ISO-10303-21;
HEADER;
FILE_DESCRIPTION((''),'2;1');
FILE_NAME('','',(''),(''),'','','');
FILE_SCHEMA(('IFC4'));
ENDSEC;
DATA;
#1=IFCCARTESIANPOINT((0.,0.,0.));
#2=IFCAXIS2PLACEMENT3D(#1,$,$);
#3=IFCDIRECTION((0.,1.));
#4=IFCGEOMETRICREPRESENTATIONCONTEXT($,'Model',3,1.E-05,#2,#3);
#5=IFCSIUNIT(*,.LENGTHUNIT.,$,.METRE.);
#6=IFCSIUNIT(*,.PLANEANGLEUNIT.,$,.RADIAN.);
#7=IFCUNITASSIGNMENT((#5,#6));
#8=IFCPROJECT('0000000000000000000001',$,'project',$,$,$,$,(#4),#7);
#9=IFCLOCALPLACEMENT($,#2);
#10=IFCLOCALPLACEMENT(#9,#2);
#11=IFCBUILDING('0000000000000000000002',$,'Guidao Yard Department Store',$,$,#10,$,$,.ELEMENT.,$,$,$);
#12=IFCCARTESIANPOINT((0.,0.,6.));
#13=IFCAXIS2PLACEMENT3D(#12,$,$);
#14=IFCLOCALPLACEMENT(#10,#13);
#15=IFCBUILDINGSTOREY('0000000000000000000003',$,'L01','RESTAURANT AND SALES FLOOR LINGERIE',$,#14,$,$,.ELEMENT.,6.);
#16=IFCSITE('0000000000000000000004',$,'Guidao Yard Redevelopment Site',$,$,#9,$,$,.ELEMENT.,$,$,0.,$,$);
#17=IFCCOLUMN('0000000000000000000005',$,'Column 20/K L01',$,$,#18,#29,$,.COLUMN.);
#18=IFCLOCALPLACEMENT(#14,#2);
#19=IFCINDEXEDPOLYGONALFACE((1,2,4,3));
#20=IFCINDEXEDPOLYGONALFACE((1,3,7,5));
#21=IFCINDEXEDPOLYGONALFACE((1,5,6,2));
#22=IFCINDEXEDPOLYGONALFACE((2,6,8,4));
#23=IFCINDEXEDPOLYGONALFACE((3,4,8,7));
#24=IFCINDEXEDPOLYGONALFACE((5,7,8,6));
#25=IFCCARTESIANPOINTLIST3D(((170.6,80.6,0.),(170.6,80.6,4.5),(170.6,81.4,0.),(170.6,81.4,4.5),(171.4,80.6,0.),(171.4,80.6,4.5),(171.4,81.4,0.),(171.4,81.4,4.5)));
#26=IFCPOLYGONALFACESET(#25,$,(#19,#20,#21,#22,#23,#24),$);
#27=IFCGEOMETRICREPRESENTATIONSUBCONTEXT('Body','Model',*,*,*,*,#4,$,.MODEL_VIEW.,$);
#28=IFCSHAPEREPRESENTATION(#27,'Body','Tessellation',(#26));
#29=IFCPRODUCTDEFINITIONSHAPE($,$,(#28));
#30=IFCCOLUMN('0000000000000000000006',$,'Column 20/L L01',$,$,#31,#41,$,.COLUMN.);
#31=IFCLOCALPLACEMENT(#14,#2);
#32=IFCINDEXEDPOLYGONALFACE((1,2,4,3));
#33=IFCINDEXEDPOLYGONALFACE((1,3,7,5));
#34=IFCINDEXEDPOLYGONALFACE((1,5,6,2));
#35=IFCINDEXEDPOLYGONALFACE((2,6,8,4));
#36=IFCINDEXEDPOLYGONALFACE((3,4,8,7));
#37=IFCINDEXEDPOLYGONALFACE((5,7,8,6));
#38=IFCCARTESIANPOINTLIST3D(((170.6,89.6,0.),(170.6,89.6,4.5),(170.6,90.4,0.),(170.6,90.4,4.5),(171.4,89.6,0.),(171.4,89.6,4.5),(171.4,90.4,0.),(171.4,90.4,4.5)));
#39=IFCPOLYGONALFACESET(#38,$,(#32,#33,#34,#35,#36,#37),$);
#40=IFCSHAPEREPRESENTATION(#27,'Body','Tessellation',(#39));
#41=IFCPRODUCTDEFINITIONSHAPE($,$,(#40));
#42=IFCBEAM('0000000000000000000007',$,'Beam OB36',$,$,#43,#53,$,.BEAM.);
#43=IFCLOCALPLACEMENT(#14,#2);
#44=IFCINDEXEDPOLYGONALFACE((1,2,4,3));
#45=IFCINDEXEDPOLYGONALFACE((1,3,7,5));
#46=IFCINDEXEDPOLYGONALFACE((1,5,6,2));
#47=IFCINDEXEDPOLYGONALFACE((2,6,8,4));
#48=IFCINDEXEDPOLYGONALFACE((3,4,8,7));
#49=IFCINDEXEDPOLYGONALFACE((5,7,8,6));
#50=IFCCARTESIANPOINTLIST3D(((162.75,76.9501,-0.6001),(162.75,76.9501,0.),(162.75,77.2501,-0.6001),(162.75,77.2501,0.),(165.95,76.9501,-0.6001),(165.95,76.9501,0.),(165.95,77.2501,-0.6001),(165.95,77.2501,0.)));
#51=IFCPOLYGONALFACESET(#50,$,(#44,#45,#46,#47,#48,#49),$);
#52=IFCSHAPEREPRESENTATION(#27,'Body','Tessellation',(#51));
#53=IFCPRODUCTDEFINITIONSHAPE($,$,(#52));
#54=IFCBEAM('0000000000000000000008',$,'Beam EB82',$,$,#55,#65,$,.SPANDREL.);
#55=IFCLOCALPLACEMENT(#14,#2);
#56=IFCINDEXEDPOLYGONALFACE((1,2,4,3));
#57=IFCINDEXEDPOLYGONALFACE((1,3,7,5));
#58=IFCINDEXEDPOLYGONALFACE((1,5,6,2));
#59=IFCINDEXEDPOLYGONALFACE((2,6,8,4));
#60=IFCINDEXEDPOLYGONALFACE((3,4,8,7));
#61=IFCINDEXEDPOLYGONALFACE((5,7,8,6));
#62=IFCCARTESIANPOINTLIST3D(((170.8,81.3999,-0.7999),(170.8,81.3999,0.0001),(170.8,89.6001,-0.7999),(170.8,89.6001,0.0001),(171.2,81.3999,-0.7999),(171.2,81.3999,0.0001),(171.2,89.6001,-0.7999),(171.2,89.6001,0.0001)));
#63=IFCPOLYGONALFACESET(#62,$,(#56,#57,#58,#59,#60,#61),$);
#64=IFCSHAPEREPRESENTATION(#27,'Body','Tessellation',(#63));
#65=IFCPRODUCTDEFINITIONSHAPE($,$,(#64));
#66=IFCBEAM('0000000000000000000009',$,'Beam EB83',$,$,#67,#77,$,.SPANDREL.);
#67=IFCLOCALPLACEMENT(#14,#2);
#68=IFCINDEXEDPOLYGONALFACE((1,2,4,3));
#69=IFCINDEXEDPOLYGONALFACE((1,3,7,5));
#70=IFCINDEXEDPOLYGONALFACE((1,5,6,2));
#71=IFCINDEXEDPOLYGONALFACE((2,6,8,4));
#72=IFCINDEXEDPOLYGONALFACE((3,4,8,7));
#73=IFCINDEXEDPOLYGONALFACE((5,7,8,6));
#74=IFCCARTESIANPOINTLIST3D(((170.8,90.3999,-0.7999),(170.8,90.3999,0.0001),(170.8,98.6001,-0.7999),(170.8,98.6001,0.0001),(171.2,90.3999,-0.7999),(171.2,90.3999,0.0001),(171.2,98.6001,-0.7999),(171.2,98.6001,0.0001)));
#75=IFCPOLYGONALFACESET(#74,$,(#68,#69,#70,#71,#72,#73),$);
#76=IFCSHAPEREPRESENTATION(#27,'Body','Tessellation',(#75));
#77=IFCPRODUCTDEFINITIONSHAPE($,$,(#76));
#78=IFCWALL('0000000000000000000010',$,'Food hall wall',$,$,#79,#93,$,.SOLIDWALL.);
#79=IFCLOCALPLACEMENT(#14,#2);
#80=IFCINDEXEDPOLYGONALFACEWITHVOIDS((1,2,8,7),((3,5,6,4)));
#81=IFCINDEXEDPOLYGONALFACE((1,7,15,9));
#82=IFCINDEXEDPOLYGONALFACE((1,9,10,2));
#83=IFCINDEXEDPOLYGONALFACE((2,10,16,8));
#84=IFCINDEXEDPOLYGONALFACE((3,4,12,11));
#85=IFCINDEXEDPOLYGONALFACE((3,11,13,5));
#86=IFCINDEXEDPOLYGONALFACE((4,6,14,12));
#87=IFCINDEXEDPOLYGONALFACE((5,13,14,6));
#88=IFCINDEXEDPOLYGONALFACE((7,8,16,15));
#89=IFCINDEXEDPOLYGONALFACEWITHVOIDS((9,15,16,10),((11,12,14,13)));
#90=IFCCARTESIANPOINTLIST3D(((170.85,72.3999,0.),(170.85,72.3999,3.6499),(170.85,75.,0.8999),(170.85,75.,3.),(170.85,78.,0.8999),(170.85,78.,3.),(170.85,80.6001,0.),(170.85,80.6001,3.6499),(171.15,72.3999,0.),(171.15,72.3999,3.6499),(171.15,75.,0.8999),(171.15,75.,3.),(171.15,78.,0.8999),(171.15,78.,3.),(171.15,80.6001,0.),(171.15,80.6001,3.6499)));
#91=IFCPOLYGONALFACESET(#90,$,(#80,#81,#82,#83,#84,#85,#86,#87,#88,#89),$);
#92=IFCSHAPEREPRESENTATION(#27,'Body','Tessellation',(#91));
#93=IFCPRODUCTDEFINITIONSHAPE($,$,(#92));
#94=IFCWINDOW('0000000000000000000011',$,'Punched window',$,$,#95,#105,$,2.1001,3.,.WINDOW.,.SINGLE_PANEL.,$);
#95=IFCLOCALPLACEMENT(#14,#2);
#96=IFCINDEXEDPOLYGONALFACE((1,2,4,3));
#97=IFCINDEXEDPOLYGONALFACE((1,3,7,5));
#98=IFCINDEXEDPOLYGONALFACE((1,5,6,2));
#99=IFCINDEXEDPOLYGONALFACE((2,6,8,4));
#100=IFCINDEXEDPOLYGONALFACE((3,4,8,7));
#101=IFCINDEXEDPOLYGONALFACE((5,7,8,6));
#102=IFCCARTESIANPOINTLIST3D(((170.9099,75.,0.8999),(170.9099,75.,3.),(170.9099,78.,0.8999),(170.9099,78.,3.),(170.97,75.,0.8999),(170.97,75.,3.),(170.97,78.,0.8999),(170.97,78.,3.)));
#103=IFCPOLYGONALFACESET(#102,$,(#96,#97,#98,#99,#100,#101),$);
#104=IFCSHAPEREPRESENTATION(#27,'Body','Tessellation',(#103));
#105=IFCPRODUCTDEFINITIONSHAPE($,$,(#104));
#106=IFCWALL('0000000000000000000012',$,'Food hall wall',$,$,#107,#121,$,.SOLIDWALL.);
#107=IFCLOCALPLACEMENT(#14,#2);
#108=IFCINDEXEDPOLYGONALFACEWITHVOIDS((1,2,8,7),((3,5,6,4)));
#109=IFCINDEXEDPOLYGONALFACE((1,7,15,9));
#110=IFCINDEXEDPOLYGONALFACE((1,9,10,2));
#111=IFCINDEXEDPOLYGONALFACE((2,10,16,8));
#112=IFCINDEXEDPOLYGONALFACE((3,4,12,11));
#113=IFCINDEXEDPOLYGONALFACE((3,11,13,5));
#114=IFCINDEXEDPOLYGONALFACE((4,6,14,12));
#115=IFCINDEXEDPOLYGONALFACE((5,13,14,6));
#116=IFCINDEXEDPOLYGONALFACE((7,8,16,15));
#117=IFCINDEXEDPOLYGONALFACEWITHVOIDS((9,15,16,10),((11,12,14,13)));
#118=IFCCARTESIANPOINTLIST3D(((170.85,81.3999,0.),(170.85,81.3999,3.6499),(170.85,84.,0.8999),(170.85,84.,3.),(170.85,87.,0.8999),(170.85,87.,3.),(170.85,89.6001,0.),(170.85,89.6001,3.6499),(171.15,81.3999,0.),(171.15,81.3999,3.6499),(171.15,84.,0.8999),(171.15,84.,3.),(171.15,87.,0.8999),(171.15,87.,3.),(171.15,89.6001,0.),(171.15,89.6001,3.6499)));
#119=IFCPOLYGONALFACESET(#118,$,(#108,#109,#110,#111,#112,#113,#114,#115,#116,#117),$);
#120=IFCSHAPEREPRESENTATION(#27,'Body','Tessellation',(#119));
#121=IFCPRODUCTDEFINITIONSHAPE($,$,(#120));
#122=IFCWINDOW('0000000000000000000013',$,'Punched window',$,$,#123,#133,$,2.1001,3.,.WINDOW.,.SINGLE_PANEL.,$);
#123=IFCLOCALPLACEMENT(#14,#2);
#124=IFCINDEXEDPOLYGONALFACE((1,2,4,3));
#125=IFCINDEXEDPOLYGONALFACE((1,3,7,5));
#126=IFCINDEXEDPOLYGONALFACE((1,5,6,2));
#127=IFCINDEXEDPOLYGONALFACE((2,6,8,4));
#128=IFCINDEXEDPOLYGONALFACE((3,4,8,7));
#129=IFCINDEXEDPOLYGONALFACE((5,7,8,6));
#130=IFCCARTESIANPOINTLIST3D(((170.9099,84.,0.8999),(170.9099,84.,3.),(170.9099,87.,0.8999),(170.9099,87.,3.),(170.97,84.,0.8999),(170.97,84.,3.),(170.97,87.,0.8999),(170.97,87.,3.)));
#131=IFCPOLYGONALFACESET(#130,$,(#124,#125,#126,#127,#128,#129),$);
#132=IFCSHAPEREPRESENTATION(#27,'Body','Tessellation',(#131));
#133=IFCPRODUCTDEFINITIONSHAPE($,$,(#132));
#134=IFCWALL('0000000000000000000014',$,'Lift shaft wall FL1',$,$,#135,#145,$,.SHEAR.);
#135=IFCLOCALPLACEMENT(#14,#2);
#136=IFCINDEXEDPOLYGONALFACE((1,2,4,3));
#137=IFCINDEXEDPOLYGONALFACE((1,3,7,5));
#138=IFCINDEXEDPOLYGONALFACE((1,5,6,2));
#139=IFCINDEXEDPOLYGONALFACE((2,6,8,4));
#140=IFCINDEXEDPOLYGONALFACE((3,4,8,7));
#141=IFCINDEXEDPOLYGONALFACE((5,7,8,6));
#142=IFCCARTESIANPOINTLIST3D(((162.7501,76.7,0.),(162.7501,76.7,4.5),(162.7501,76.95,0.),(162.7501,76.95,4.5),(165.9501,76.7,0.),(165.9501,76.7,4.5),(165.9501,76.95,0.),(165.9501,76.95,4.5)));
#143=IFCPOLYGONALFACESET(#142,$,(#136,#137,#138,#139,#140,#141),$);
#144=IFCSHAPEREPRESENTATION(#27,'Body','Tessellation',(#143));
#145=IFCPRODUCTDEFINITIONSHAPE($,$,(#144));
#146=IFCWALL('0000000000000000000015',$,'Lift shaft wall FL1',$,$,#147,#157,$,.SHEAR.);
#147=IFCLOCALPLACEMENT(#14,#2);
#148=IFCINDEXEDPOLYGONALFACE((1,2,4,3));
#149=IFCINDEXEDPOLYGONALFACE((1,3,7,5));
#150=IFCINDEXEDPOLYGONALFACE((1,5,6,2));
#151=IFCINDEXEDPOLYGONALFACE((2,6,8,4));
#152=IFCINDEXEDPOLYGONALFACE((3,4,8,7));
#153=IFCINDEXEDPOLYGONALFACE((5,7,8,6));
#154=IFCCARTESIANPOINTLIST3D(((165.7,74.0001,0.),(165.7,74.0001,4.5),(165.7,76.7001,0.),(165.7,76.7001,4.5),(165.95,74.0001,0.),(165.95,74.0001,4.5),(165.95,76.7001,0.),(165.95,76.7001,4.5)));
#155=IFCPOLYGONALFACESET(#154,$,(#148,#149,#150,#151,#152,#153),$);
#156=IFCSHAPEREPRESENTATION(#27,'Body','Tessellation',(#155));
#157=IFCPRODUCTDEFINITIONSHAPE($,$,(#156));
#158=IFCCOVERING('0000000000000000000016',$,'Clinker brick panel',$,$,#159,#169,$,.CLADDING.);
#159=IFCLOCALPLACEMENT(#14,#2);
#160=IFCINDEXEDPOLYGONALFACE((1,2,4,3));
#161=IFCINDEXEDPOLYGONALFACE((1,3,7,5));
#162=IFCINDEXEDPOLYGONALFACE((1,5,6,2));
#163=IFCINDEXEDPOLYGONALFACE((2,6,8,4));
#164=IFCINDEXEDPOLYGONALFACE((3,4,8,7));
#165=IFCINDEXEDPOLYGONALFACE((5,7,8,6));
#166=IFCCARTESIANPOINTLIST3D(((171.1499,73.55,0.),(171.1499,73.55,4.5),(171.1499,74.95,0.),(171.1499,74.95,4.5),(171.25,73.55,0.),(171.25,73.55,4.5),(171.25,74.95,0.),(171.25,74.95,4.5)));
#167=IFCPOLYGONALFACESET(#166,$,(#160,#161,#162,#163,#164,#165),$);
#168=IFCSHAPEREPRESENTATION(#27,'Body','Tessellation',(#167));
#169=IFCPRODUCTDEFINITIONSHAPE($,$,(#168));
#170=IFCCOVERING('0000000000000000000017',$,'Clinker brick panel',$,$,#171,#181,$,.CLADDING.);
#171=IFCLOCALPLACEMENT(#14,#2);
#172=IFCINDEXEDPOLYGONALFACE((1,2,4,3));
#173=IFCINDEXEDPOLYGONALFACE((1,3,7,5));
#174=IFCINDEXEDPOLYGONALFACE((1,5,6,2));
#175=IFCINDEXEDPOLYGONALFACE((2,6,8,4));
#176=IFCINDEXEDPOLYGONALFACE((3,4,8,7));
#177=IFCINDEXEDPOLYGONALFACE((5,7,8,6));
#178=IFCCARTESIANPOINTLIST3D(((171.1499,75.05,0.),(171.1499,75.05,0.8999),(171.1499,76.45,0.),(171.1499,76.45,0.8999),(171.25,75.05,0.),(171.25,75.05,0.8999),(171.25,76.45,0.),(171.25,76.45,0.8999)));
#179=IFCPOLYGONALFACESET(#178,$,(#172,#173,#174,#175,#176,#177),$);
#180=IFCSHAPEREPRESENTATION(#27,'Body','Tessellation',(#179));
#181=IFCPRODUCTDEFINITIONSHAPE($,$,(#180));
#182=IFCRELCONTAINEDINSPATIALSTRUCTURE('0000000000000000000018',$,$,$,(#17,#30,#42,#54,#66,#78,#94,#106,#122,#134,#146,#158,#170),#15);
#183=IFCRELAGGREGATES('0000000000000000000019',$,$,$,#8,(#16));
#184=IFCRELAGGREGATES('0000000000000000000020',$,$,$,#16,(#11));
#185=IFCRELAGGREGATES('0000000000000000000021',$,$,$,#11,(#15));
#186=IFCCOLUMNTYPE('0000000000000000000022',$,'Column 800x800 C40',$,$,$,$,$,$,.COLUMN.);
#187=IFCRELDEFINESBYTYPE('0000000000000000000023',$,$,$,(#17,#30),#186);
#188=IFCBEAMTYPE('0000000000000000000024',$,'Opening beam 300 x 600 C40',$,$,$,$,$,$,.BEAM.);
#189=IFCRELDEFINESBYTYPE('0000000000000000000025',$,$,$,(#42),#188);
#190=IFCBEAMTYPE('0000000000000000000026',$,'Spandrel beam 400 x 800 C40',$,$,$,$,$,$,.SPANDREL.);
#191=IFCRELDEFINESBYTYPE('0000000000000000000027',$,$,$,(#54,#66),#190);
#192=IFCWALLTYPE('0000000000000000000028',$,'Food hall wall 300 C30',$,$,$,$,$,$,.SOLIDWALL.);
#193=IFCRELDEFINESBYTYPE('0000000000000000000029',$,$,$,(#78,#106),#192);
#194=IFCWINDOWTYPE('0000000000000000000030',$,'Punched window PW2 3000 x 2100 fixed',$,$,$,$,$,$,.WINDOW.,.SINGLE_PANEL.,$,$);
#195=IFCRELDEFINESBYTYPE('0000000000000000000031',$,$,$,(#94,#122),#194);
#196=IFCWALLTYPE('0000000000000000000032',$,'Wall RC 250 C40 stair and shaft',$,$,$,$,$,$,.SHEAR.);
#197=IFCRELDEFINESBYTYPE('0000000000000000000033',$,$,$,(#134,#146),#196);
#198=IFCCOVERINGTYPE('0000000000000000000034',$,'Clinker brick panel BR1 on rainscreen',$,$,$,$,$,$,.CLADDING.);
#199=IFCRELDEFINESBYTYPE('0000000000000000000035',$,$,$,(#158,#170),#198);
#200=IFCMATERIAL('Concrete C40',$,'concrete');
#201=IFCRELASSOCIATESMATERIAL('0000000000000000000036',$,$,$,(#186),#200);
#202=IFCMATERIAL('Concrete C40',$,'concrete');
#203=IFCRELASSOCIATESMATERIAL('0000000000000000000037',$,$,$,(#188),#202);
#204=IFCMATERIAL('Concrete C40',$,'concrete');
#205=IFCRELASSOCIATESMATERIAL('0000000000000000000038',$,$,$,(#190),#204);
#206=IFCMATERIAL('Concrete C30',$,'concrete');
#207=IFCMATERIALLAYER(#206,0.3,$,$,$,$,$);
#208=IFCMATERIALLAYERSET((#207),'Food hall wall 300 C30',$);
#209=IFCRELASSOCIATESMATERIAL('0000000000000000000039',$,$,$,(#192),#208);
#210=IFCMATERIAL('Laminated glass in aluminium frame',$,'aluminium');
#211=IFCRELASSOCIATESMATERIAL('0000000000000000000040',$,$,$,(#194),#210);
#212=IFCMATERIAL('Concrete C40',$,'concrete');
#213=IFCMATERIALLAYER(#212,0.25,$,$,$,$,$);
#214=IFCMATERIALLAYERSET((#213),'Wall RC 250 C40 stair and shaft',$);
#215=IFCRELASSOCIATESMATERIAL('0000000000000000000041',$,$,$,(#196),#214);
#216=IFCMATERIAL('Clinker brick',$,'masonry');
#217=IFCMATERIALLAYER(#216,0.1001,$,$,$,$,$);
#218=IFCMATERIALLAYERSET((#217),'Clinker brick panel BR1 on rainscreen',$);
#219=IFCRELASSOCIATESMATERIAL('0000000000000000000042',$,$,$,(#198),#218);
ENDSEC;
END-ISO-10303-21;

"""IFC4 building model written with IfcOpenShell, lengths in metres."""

from ifc_helpers import new_model, si_unit, direction, frame, frame_2d, origin, origin_2d, place, context, subcontext, project, spatial, rectangle, extrude, material, layer, layer_set, material_profile, profile_set, type_object, element, fill, save


model = new_model("IFC4")

# Units and contexts
model_context = context("Model", 3, precision=1e-05, world=origin(), true_north=direction((0.0, 1.0)))
body_context = subcontext(model_context, "Body", "Model", "MODEL_VIEW")
ifc_project = project(units=[si_unit("LENGTHUNIT", "METRE"), si_unit("PLANEANGLEUNIT", "RADIAN")], contexts=[model_context])

# Site, building, storey
site_placement = place(None, origin())
site = spatial("IfcSite", under=ifc_project, at=site_placement, Name="Guidao Yard Redevelopment Site", CompositionType="ELEMENT", RefElevation=0.0)
building_placement = place(site_placement, origin())
building = spatial("IfcBuilding", under=site, at=building_placement, Name="Guidao Yard Department Store", CompositionType="ELEMENT")
storey_placement = place(building_placement, frame((0.0, 0.0, 6.0)))
storey = spatial("IfcBuildingStorey", under=building, at=storey_placement, Name="L01", Description="RESTAURANT AND SALES FLOOR LINGERIE", CompositionType="ELEMENT", Elevation=6.0)

# Columns
ifc_material_1 = material(Name="Concrete C40", Category="concrete")
ifc_material_profile_1 = material_profile(ifc_material_1, rectangle(XDim=0.8, YDim=0.8, at=origin_2d()), Name="COL 800x800")
ifc_profile_set_1 = profile_set([ifc_material_profile_1], Name="Concrete C40")
column_type = type_object("IfcColumnType", Name="Column 800x800 C40", PredefinedType="COLUMN", material=ifc_profile_set_1)
for number, where, z_axis, x_axis, name in (
    (1, (171.0, 81.0, 0.0), (0.0, 0.0, 1.0), (1.0, 0.0, 0.0), "Column 20/K L01"),
    (2, (171.0, 90.0, 0.0), (0.0, 0.0, 1.0), (1.0, 0.0, 0.0), "Column 20/L L01"),
):
    element("IfcColumn", number, at=place(storey_placement, frame(where, z_axis=z_axis, x_axis=x_axis)), inside=storey, type_object=column_type, Name=name, PredefinedType="COLUMN", context=body_context, shape_type="SweptSolid", body=[
        extrude(rectangle(XDim=0.8, YDim=0.8, at=origin_2d()), origin(), (0.0, 0.0, 1.0), 4.5),
    ])

# Beams
ifc_material_2 = material(Name="Concrete C40", Category="concrete")
ifc_material_profile_2 = material_profile(ifc_material_2, rectangle(XDim=0.3, YDim=0.6001, at=origin_2d()), Name="Opening beam 300 x 600 C40")
ifc_profile_set_2 = profile_set([ifc_material_profile_2], Name="Concrete C40")
beam_type_1 = type_object("IfcBeamType", Name="Opening beam 300 x 600 C40", PredefinedType="BEAM", material=ifc_profile_set_2)
beam_placement = place(storey_placement, frame((162.75, 77.1001, -0.3), z_axis=(1.0, 0.0, 0.0), x_axis=(0.0, 1.0, 0.0)))
element("IfcBeam", 3, at=beam_placement, inside=storey, type_object=beam_type_1, Name="Beam OB36", PredefinedType="BEAM", context=body_context, shape_type="SweptSolid", body=[
    extrude(rectangle(XDim=0.3, YDim=0.6001, at=origin_2d()), origin(), (0.0, 0.0, 1.0), 3.2),
])
ifc_material_3 = material(Name="Concrete C40", Category="concrete")
ifc_material_profile_3 = material_profile(ifc_material_3, rectangle(XDim=0.3999, YDim=0.8, at=origin_2d()), Name="Spandrel beam 400 x 800 C40")
ifc_profile_set_3 = profile_set([ifc_material_profile_3], Name="Concrete C40")
beam_type_2 = type_object("IfcBeamType", Name="Spandrel beam 400 x 800 C40", PredefinedType="SPANDREL", material=ifc_profile_set_3)
for number, where, z_axis, x_axis, name in (
    (4, (171.0, 81.3999, -0.3999), (0.0, 1.0, 0.0), (-1.0, 0.0, 0.0), "Beam EB82"),
    (5, (171.0, 90.3999, -0.3999), (0.0, 1.0, 0.0), (-1.0, 0.0, 0.0), "Beam EB83"),
):
    element("IfcBeam", number, at=place(storey_placement, frame(where, z_axis=z_axis, x_axis=x_axis)), inside=storey, type_object=beam_type_2, Name=name, PredefinedType="SPANDREL", context=body_context, shape_type="SweptSolid", body=[
        extrude(rectangle(XDim=0.3999, YDim=0.8, at=origin_2d()), origin(), (0.0, 0.0, 1.0), 8.2002),
    ])

# Walls, openings, windows
ifc_material_4 = material(Name="Concrete C30", Category="concrete")
ifc_layer_1 = layer(ifc_material_4, 0.3)
ifc_layer_set_1 = layer_set([ifc_layer_1], Name="Food hall wall 300 C30")
wall_type_1 = type_object("IfcWallType", Name="Food hall wall 300 C30", PredefinedType="SOLIDWALL", material=ifc_layer_set_1)
wall_1_placement = place(storey_placement, frame((171.0, 80.6001, 0.0), z_axis=(0.0, 0.0, 1.0), x_axis=(0.0, -1.0, 0.0)))
wall_1 = element("IfcWall", 6, at=wall_1_placement, inside=storey, type_object=wall_type_1, Name="Food hall wall", PredefinedType="SOLIDWALL", context=body_context, shape_type="SweptSolid", body=[
    extrude(rectangle(XDim=8.2002, YDim=0.3, at=frame_2d((4.1001, 0.0))), origin(), (0.0, 0.0, 1.0), 3.6499),
])
opening_1_placement = place(wall_1_placement, frame((2.6001, 0.0, 0.8999)))
opening_1 = element("IfcOpeningElement", 7, at=opening_1_placement, cuts=wall_1, PredefinedType="OPENING", context=body_context, shape_type="SweptSolid", body=[
    extrude(rectangle(XDim=3.0, YDim=2.1001, at=frame_2d((1.5, 1.05))), frame((0.0, 0.1599, 0.0), z_axis=(0.0, -1.0, 0.0), x_axis=(1.0, 0.0, 0.0)), (0.0, 0.0, 1.0), 0.3201),
])
ifc_material_5 = material(Name="Laminated glass in aluminium frame", Category="aluminium")
window_type = type_object("IfcWindowType", Name="Punched window PW2 3000 x 2100 fixed", PartitioningType="SINGLE_PANEL", PredefinedType="WINDOW", material=ifc_material_5)
window_1_placement = place(opening_1_placement, origin())
window_1 = element("IfcWindow", 8, at=window_1_placement, inside=storey, type_object=window_type, Name="Punched window", OverallHeight=2.1001, OverallWidth=3.0, PartitioningType="SINGLE_PANEL", PredefinedType="WINDOW", context=body_context, shape_type="SweptSolid", body=[
    extrude(rectangle(XDim=3.0, YDim=2.1001, at=frame_2d((1.5, 1.05))), frame((0.0, -0.03, 0.0), z_axis=(0.0, -1.0, 0.0), x_axis=(1.0, 0.0, 0.0)), (0.0, 0.0, 1.0), 0.0601),
])
fill(opening_1, window_1)
wall_2_placement = place(storey_placement, frame((171.0, 89.6001, 0.0), z_axis=(0.0, 0.0, 1.0), x_axis=(0.0, -1.0, 0.0)))
wall_2 = element("IfcWall", 9, at=wall_2_placement, inside=storey, type_object=wall_type_1, Name="Food hall wall", PredefinedType="SOLIDWALL", context=body_context, shape_type="SweptSolid", body=[
    extrude(rectangle(XDim=8.2002, YDim=0.3, at=frame_2d((4.1001, 0.0))), origin(), (0.0, 0.0, 1.0), 3.6499),
])
opening_2_placement = place(wall_2_placement, frame((2.6001, 0.0, 0.8999)))
opening_2 = element("IfcOpeningElement", 10, at=opening_2_placement, cuts=wall_2, PredefinedType="OPENING", context=body_context, shape_type="SweptSolid", body=[
    extrude(rectangle(XDim=3.0, YDim=2.1001, at=frame_2d((1.5, 1.05))), frame((0.0, 0.1599, 0.0), z_axis=(0.0, -1.0, 0.0), x_axis=(1.0, 0.0, 0.0)), (0.0, 0.0, 1.0), 0.3201),
])
window_2_placement = place(opening_2_placement, origin())
window_2 = element("IfcWindow", 11, at=window_2_placement, inside=storey, type_object=window_type, Name="Punched window", OverallHeight=2.1001, OverallWidth=3.0, PartitioningType="SINGLE_PANEL", PredefinedType="WINDOW", context=body_context, shape_type="SweptSolid", body=[
    extrude(rectangle(XDim=3.0, YDim=2.1001, at=frame_2d((1.5, 1.05))), frame((0.0, -0.03, 0.0), z_axis=(0.0, -1.0, 0.0), x_axis=(1.0, 0.0, 0.0)), (0.0, 0.0, 1.0), 0.0601),
])
fill(opening_2, window_2)

# Walls
ifc_material_6 = material(Name="Concrete C40", Category="concrete")
ifc_layer_2 = layer(ifc_material_6, 0.25)
ifc_layer_set_2 = layer_set([ifc_layer_2], Name="Wall RC 250 C40 stair and shaft")
wall_type_2 = type_object("IfcWallType", Name="Wall RC 250 C40 stair and shaft", PredefinedType="SHEAR", material=ifc_layer_set_2)
wall_3_placement = place(storey_placement, frame((162.75, 76.825, 0.0), z_axis=(0.0, 0.0, 1.0), x_axis=(1.0, 0.0, 0.0)))
element("IfcWall", 12, at=wall_3_placement, inside=storey, type_object=wall_type_2, Name="Lift shaft wall FL1", PredefinedType="SHEAR", context=body_context, shape_type="SweptSolid", body=[
    extrude(rectangle(XDim=3.2, YDim=0.25, at=frame_2d((1.6001, 0.0))), origin(), (0.0, 0.0, 1.0), 4.5),
])
wall_4_placement = place(storey_placement, frame((165.825, 74.0, 0.0), z_axis=(0.0, 0.0, 1.0), x_axis=(0.0, 1.0, 0.0)))
element("IfcWall", 13, at=wall_4_placement, inside=storey, type_object=wall_type_2, Name="Lift shaft wall FL1", PredefinedType="SHEAR", context=body_context, shape_type="SweptSolid", body=[
    extrude(rectangle(XDim=2.7, YDim=0.25, at=frame_2d((1.3501, 0.0))), origin(), (0.0, 0.0, 1.0), 4.5),
])

# Coverings
ifc_material_7 = material(Name="Clinker brick", Category="masonry")
ifc_layer_3 = layer(ifc_material_7, 0.1001)
ifc_layer_set_3 = layer_set([ifc_layer_3], Name="Clinker brick panel BR1 on rainscreen")
covering_type = type_object("IfcCoveringType", Name="Clinker brick panel BR1 on rainscreen", PredefinedType="CLADDING", material=ifc_layer_set_3)
covering_1_placement = place(storey_placement, frame((171.2, 74.25, 0.0), z_axis=(0.0, 0.0, 1.0), x_axis=(0.0, -1.0, 0.0)))
element("IfcCovering", 14, at=covering_1_placement, inside=storey, type_object=covering_type, Name="Clinker brick panel", PredefinedType="CLADDING", context=body_context, shape_type="SweptSolid", body=[
    extrude(rectangle(XDim=1.3999, YDim=0.1001, at=origin_2d()), origin(), (0.0, 0.0, 1.0), 4.5),
])
covering_2_placement = place(storey_placement, frame((171.2, 75.75, 0.0), z_axis=(0.0, 0.0, 1.0), x_axis=(0.0, -1.0, 0.0)))
element("IfcCovering", 15, at=covering_2_placement, inside=storey, type_object=covering_type, Name="Clinker brick panel", PredefinedType="CLADDING", context=body_context, shape_type="SweptSolid", body=[
    extrude(rectangle(XDim=1.3999, YDim=0.1001, at=origin_2d()), origin(), (0.0, 0.0, 1.0), 0.8999),
])

save(model, "model.ifc")
